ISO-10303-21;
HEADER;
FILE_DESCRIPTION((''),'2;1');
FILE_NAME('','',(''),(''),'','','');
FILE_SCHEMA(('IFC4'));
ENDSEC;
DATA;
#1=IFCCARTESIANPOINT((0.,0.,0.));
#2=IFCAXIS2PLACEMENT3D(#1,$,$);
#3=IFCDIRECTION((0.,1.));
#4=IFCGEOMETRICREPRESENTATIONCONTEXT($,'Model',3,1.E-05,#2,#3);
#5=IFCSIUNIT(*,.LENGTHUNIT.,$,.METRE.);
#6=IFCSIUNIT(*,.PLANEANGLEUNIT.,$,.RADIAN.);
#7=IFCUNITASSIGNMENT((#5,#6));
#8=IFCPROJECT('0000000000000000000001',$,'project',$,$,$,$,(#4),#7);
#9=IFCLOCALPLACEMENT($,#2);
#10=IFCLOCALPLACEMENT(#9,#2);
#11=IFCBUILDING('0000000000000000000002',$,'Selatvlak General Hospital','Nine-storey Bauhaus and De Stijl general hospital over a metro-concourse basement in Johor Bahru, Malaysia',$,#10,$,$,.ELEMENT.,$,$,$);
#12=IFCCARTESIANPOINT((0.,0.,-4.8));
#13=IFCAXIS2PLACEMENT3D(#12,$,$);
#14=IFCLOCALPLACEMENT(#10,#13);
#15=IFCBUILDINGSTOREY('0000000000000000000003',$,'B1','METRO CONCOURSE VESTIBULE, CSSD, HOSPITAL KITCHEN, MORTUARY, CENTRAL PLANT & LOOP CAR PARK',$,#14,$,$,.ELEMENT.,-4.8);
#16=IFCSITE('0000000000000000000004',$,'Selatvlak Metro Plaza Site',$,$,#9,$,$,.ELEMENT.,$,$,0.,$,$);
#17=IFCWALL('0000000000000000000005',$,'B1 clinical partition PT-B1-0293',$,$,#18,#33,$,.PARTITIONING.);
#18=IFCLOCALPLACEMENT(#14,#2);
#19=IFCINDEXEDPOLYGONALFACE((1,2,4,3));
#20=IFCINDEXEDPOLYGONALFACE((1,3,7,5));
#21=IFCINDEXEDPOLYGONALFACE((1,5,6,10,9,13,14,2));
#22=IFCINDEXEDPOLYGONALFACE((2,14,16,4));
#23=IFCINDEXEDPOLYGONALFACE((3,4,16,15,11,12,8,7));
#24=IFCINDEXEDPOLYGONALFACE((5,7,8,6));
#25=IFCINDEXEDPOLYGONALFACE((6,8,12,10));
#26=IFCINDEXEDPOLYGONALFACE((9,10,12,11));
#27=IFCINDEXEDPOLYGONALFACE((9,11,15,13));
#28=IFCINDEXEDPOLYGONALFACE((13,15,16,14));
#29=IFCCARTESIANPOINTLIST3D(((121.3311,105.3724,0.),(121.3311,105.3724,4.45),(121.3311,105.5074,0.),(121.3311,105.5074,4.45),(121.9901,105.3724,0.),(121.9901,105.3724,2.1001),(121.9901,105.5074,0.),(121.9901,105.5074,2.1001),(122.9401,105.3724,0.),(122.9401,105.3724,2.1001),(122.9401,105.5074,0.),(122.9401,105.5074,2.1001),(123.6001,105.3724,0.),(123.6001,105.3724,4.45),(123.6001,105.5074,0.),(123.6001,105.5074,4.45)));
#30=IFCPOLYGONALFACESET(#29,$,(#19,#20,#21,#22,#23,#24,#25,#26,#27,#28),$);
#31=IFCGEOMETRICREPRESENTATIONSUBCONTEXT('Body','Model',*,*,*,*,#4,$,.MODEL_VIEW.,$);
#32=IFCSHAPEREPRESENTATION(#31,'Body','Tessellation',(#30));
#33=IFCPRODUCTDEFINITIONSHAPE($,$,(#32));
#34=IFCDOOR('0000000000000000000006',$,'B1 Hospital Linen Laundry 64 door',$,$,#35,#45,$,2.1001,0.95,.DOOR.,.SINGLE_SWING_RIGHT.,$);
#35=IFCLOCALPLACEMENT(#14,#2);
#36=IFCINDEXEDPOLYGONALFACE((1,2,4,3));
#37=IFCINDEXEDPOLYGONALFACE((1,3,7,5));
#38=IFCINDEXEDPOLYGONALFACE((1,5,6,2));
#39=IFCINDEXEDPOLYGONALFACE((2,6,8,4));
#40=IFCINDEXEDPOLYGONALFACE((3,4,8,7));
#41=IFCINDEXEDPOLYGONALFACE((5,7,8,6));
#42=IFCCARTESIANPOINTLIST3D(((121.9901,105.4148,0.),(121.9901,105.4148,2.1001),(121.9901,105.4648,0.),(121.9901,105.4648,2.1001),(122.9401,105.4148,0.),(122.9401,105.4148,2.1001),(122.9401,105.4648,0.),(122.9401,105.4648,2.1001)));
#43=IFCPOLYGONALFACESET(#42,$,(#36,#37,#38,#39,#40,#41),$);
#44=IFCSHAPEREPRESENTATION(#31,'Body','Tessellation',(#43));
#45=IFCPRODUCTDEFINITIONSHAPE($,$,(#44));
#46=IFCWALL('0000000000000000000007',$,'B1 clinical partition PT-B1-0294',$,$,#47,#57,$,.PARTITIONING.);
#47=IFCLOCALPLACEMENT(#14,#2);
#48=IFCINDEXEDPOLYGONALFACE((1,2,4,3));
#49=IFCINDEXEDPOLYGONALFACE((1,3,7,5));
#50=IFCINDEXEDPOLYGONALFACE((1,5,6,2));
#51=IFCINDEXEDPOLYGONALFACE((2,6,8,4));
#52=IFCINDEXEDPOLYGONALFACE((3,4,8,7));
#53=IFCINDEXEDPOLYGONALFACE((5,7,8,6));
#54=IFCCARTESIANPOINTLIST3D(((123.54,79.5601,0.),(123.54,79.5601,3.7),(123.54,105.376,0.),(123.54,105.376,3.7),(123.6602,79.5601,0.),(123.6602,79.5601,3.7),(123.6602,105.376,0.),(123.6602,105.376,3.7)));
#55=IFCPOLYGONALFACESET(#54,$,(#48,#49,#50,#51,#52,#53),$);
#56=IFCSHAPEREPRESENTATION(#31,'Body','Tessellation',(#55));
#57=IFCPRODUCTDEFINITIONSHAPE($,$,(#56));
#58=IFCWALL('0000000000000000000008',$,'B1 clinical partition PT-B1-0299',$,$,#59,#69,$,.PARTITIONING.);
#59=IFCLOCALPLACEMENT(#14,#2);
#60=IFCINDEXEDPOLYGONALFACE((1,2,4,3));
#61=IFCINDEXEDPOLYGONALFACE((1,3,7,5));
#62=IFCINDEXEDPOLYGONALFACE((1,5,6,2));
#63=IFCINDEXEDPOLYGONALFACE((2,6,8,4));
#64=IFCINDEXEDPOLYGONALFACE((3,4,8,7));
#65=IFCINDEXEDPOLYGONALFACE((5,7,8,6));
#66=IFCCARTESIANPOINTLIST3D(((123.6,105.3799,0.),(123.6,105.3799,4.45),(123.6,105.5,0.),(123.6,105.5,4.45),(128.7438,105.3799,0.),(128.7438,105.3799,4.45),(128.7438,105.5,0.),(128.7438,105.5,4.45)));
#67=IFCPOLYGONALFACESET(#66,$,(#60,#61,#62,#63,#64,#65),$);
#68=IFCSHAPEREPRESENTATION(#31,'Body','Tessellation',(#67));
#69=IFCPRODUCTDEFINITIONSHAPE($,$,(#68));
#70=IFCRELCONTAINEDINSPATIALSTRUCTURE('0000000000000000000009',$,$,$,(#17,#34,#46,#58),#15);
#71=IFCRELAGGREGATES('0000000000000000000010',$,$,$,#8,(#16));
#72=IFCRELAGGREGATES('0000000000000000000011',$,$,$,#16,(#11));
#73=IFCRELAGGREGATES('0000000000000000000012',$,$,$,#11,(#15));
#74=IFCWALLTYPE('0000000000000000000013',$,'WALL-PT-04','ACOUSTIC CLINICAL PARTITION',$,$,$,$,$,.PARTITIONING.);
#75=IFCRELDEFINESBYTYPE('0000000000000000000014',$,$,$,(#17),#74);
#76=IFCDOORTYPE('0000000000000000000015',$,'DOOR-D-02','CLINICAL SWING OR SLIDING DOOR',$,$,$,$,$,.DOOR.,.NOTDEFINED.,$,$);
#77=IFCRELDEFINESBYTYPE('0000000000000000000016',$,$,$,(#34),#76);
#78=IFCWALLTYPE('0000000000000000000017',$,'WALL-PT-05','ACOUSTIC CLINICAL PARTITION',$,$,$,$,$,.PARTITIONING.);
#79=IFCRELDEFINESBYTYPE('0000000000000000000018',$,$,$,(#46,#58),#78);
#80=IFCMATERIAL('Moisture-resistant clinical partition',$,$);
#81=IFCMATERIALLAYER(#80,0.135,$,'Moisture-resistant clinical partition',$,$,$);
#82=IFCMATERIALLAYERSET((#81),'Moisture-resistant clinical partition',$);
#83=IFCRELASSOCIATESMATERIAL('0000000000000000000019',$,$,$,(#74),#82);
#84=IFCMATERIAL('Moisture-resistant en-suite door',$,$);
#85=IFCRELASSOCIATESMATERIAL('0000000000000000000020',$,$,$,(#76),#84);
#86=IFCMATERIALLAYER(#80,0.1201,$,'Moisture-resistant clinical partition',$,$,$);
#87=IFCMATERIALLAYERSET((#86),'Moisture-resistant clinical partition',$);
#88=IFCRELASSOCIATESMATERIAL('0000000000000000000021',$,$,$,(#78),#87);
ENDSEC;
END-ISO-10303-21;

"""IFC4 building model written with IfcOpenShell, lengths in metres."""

from ifc_helpers import new_model, si_unit, direction, frame, frame_2d, origin, place, context, subcontext, project, spatial, rectangle, extrude, material, layer, layer_set, type_object, element, fill, save


model = new_model("IFC4")

# Units and contexts
model_context = context("Model", 3, precision=1e-05, world=origin(), true_north=direction((0.0, 1.0)))
body_context = subcontext(model_context, "Body", "Model", "MODEL_VIEW")
ifc_project = project(units=[si_unit("LENGTHUNIT", "METRE"), si_unit("PLANEANGLEUNIT", "RADIAN")], contexts=[model_context])

# Site, building, storey
site_placement = place(None, origin())
site = spatial("IfcSite", under=ifc_project, at=site_placement, Name="Selatvlak Metro Plaza Site", CompositionType="ELEMENT", RefElevation=0.0)
building_placement = place(site_placement, origin())
building = spatial("IfcBuilding", under=site, at=building_placement, Name="Selatvlak General Hospital", Description="Nine-storey Bauhaus and De Stijl general hospital over a metro-concourse basement in Johor Bahru, Malaysia", CompositionType="ELEMENT")
storey_placement = place(building_placement, frame((0.0, 0.0, -4.8)))
storey = spatial("IfcBuildingStorey", under=building, at=storey_placement, Name="B1", Description="METRO CONCOURSE VESTIBULE, CSSD, HOSPITAL KITCHEN, MORTUARY, CENTRAL PLANT & LOOP CAR PARK", CompositionType="ELEMENT", Elevation=-4.8)

# Wall, opening, door
ifc_material_1 = material(Name="Moisture-resistant clinical partition")
ifc_layer_1 = layer(ifc_material_1, 0.135, Name="Moisture-resistant clinical partition")
ifc_layer_set_1 = layer_set([ifc_layer_1], Name="Moisture-resistant clinical partition")
wall_type_1 = type_object("IfcWallType", Name="WALL-PT-04", Description="ACOUSTIC CLINICAL PARTITION", PredefinedType="PARTITIONING", material=ifc_layer_set_1)
wall_1_placement = place(storey_placement, frame((121.3311, 105.4399, 0.0), z_axis=(0.0, 0.0, 1.0), x_axis=(1.0, 0.0, 0.0)))
wall_1 = element("IfcWall", 1, at=wall_1_placement, inside=storey, type_object=wall_type_1, Name="B1 clinical partition PT-B1-0293", PredefinedType="PARTITIONING", context=body_context, shape_type="SweptSolid", body=[
    extrude(rectangle(XDim=2.269, YDim=0.135, at=frame_2d((1.1345, 0.0))), origin(), (0.0, 0.0, 1.0), 4.45),
])
opening_placement = place(wall_1_placement, frame((0.6589, 0.0, 0.0)))
opening = element("IfcOpeningElement", 2, at=opening_placement, cuts=wall_1, PredefinedType="OPENING", context=body_context, shape_type="SweptSolid", body=[
    extrude(rectangle(XDim=0.95, YDim=2.1001, at=frame_2d((0.4751, 1.05))), frame((0.0, 0.0774, 0.0), z_axis=(0.0, -1.0, 0.0), x_axis=(1.0, 0.0, 0.0)), (0.0, 0.0, 1.0), 0.155),
])
ifc_material_2 = material(Name="Moisture-resistant en-suite door")
door_type = type_object("IfcDoorType", Name="DOOR-D-02", Description="CLINICAL SWING OR SLIDING DOOR", OperationType="NOTDEFINED", PredefinedType="DOOR", material=ifc_material_2)
door_placement = place(opening_placement, origin())
door = element("IfcDoor", 3, at=door_placement, inside=storey, type_object=door_type, Name="B1 Hospital Linen Laundry 64 door", OperationType="SINGLE_SWING_RIGHT", OverallHeight=2.1001, OverallWidth=0.95, PredefinedType="DOOR", context=body_context, shape_type="SweptSolid", body=[
    extrude(rectangle(XDim=0.95, YDim=2.1001, at=frame_2d((0.4751, 1.05))), frame((0.0, 0.0249, 0.0), z_axis=(0.0, -1.0, 0.0), x_axis=(1.0, 0.0, 0.0)), (0.0, 0.0, 1.0), 0.05),
])
fill(opening, door)

# Walls
ifc_layer_2 = layer(ifc_material_1, 0.1201, Name="Moisture-resistant clinical partition")
ifc_layer_set_2 = layer_set([ifc_layer_2], Name="Moisture-resistant clinical partition")
wall_type_2 = type_object("IfcWallType", Name="WALL-PT-05", Description="ACOUSTIC CLINICAL PARTITION", PredefinedType="PARTITIONING", material=ifc_layer_set_2)
wall_2_placement = place(storey_placement, frame((123.6001, 105.376, 0.0), z_axis=(0.0, 0.0, 1.0), x_axis=(0.0, -1.0, 0.0)))
element("IfcWall", 4, at=wall_2_placement, inside=storey, type_object=wall_type_2, Name="B1 clinical partition PT-B1-0294", PredefinedType="PARTITIONING", context=body_context, shape_type="SweptSolid", body=[
    extrude(rectangle(XDim=25.8159, YDim=0.1201, at=frame_2d((12.908, 0.0))), origin(), (0.0, 0.0, 1.0), 3.7),
])
wall_3_placement = place(storey_placement, frame((123.6001, 105.4399, 0.0), z_axis=(0.0, 0.0, 1.0), x_axis=(1.0, 0.0, 0.0)))
element("IfcWall", 5, at=wall_3_placement, inside=storey, type_object=wall_type_2, Name="B1 clinical partition PT-B1-0299", PredefinedType="PARTITIONING", context=body_context, shape_type="SweptSolid", body=[
    extrude(rectangle(XDim=5.1438, YDim=0.1201, at=frame_2d((2.5718, 0.0))), origin(), (0.0, 0.0, 1.0), 4.45),
])

save(model, "model.ifc")
